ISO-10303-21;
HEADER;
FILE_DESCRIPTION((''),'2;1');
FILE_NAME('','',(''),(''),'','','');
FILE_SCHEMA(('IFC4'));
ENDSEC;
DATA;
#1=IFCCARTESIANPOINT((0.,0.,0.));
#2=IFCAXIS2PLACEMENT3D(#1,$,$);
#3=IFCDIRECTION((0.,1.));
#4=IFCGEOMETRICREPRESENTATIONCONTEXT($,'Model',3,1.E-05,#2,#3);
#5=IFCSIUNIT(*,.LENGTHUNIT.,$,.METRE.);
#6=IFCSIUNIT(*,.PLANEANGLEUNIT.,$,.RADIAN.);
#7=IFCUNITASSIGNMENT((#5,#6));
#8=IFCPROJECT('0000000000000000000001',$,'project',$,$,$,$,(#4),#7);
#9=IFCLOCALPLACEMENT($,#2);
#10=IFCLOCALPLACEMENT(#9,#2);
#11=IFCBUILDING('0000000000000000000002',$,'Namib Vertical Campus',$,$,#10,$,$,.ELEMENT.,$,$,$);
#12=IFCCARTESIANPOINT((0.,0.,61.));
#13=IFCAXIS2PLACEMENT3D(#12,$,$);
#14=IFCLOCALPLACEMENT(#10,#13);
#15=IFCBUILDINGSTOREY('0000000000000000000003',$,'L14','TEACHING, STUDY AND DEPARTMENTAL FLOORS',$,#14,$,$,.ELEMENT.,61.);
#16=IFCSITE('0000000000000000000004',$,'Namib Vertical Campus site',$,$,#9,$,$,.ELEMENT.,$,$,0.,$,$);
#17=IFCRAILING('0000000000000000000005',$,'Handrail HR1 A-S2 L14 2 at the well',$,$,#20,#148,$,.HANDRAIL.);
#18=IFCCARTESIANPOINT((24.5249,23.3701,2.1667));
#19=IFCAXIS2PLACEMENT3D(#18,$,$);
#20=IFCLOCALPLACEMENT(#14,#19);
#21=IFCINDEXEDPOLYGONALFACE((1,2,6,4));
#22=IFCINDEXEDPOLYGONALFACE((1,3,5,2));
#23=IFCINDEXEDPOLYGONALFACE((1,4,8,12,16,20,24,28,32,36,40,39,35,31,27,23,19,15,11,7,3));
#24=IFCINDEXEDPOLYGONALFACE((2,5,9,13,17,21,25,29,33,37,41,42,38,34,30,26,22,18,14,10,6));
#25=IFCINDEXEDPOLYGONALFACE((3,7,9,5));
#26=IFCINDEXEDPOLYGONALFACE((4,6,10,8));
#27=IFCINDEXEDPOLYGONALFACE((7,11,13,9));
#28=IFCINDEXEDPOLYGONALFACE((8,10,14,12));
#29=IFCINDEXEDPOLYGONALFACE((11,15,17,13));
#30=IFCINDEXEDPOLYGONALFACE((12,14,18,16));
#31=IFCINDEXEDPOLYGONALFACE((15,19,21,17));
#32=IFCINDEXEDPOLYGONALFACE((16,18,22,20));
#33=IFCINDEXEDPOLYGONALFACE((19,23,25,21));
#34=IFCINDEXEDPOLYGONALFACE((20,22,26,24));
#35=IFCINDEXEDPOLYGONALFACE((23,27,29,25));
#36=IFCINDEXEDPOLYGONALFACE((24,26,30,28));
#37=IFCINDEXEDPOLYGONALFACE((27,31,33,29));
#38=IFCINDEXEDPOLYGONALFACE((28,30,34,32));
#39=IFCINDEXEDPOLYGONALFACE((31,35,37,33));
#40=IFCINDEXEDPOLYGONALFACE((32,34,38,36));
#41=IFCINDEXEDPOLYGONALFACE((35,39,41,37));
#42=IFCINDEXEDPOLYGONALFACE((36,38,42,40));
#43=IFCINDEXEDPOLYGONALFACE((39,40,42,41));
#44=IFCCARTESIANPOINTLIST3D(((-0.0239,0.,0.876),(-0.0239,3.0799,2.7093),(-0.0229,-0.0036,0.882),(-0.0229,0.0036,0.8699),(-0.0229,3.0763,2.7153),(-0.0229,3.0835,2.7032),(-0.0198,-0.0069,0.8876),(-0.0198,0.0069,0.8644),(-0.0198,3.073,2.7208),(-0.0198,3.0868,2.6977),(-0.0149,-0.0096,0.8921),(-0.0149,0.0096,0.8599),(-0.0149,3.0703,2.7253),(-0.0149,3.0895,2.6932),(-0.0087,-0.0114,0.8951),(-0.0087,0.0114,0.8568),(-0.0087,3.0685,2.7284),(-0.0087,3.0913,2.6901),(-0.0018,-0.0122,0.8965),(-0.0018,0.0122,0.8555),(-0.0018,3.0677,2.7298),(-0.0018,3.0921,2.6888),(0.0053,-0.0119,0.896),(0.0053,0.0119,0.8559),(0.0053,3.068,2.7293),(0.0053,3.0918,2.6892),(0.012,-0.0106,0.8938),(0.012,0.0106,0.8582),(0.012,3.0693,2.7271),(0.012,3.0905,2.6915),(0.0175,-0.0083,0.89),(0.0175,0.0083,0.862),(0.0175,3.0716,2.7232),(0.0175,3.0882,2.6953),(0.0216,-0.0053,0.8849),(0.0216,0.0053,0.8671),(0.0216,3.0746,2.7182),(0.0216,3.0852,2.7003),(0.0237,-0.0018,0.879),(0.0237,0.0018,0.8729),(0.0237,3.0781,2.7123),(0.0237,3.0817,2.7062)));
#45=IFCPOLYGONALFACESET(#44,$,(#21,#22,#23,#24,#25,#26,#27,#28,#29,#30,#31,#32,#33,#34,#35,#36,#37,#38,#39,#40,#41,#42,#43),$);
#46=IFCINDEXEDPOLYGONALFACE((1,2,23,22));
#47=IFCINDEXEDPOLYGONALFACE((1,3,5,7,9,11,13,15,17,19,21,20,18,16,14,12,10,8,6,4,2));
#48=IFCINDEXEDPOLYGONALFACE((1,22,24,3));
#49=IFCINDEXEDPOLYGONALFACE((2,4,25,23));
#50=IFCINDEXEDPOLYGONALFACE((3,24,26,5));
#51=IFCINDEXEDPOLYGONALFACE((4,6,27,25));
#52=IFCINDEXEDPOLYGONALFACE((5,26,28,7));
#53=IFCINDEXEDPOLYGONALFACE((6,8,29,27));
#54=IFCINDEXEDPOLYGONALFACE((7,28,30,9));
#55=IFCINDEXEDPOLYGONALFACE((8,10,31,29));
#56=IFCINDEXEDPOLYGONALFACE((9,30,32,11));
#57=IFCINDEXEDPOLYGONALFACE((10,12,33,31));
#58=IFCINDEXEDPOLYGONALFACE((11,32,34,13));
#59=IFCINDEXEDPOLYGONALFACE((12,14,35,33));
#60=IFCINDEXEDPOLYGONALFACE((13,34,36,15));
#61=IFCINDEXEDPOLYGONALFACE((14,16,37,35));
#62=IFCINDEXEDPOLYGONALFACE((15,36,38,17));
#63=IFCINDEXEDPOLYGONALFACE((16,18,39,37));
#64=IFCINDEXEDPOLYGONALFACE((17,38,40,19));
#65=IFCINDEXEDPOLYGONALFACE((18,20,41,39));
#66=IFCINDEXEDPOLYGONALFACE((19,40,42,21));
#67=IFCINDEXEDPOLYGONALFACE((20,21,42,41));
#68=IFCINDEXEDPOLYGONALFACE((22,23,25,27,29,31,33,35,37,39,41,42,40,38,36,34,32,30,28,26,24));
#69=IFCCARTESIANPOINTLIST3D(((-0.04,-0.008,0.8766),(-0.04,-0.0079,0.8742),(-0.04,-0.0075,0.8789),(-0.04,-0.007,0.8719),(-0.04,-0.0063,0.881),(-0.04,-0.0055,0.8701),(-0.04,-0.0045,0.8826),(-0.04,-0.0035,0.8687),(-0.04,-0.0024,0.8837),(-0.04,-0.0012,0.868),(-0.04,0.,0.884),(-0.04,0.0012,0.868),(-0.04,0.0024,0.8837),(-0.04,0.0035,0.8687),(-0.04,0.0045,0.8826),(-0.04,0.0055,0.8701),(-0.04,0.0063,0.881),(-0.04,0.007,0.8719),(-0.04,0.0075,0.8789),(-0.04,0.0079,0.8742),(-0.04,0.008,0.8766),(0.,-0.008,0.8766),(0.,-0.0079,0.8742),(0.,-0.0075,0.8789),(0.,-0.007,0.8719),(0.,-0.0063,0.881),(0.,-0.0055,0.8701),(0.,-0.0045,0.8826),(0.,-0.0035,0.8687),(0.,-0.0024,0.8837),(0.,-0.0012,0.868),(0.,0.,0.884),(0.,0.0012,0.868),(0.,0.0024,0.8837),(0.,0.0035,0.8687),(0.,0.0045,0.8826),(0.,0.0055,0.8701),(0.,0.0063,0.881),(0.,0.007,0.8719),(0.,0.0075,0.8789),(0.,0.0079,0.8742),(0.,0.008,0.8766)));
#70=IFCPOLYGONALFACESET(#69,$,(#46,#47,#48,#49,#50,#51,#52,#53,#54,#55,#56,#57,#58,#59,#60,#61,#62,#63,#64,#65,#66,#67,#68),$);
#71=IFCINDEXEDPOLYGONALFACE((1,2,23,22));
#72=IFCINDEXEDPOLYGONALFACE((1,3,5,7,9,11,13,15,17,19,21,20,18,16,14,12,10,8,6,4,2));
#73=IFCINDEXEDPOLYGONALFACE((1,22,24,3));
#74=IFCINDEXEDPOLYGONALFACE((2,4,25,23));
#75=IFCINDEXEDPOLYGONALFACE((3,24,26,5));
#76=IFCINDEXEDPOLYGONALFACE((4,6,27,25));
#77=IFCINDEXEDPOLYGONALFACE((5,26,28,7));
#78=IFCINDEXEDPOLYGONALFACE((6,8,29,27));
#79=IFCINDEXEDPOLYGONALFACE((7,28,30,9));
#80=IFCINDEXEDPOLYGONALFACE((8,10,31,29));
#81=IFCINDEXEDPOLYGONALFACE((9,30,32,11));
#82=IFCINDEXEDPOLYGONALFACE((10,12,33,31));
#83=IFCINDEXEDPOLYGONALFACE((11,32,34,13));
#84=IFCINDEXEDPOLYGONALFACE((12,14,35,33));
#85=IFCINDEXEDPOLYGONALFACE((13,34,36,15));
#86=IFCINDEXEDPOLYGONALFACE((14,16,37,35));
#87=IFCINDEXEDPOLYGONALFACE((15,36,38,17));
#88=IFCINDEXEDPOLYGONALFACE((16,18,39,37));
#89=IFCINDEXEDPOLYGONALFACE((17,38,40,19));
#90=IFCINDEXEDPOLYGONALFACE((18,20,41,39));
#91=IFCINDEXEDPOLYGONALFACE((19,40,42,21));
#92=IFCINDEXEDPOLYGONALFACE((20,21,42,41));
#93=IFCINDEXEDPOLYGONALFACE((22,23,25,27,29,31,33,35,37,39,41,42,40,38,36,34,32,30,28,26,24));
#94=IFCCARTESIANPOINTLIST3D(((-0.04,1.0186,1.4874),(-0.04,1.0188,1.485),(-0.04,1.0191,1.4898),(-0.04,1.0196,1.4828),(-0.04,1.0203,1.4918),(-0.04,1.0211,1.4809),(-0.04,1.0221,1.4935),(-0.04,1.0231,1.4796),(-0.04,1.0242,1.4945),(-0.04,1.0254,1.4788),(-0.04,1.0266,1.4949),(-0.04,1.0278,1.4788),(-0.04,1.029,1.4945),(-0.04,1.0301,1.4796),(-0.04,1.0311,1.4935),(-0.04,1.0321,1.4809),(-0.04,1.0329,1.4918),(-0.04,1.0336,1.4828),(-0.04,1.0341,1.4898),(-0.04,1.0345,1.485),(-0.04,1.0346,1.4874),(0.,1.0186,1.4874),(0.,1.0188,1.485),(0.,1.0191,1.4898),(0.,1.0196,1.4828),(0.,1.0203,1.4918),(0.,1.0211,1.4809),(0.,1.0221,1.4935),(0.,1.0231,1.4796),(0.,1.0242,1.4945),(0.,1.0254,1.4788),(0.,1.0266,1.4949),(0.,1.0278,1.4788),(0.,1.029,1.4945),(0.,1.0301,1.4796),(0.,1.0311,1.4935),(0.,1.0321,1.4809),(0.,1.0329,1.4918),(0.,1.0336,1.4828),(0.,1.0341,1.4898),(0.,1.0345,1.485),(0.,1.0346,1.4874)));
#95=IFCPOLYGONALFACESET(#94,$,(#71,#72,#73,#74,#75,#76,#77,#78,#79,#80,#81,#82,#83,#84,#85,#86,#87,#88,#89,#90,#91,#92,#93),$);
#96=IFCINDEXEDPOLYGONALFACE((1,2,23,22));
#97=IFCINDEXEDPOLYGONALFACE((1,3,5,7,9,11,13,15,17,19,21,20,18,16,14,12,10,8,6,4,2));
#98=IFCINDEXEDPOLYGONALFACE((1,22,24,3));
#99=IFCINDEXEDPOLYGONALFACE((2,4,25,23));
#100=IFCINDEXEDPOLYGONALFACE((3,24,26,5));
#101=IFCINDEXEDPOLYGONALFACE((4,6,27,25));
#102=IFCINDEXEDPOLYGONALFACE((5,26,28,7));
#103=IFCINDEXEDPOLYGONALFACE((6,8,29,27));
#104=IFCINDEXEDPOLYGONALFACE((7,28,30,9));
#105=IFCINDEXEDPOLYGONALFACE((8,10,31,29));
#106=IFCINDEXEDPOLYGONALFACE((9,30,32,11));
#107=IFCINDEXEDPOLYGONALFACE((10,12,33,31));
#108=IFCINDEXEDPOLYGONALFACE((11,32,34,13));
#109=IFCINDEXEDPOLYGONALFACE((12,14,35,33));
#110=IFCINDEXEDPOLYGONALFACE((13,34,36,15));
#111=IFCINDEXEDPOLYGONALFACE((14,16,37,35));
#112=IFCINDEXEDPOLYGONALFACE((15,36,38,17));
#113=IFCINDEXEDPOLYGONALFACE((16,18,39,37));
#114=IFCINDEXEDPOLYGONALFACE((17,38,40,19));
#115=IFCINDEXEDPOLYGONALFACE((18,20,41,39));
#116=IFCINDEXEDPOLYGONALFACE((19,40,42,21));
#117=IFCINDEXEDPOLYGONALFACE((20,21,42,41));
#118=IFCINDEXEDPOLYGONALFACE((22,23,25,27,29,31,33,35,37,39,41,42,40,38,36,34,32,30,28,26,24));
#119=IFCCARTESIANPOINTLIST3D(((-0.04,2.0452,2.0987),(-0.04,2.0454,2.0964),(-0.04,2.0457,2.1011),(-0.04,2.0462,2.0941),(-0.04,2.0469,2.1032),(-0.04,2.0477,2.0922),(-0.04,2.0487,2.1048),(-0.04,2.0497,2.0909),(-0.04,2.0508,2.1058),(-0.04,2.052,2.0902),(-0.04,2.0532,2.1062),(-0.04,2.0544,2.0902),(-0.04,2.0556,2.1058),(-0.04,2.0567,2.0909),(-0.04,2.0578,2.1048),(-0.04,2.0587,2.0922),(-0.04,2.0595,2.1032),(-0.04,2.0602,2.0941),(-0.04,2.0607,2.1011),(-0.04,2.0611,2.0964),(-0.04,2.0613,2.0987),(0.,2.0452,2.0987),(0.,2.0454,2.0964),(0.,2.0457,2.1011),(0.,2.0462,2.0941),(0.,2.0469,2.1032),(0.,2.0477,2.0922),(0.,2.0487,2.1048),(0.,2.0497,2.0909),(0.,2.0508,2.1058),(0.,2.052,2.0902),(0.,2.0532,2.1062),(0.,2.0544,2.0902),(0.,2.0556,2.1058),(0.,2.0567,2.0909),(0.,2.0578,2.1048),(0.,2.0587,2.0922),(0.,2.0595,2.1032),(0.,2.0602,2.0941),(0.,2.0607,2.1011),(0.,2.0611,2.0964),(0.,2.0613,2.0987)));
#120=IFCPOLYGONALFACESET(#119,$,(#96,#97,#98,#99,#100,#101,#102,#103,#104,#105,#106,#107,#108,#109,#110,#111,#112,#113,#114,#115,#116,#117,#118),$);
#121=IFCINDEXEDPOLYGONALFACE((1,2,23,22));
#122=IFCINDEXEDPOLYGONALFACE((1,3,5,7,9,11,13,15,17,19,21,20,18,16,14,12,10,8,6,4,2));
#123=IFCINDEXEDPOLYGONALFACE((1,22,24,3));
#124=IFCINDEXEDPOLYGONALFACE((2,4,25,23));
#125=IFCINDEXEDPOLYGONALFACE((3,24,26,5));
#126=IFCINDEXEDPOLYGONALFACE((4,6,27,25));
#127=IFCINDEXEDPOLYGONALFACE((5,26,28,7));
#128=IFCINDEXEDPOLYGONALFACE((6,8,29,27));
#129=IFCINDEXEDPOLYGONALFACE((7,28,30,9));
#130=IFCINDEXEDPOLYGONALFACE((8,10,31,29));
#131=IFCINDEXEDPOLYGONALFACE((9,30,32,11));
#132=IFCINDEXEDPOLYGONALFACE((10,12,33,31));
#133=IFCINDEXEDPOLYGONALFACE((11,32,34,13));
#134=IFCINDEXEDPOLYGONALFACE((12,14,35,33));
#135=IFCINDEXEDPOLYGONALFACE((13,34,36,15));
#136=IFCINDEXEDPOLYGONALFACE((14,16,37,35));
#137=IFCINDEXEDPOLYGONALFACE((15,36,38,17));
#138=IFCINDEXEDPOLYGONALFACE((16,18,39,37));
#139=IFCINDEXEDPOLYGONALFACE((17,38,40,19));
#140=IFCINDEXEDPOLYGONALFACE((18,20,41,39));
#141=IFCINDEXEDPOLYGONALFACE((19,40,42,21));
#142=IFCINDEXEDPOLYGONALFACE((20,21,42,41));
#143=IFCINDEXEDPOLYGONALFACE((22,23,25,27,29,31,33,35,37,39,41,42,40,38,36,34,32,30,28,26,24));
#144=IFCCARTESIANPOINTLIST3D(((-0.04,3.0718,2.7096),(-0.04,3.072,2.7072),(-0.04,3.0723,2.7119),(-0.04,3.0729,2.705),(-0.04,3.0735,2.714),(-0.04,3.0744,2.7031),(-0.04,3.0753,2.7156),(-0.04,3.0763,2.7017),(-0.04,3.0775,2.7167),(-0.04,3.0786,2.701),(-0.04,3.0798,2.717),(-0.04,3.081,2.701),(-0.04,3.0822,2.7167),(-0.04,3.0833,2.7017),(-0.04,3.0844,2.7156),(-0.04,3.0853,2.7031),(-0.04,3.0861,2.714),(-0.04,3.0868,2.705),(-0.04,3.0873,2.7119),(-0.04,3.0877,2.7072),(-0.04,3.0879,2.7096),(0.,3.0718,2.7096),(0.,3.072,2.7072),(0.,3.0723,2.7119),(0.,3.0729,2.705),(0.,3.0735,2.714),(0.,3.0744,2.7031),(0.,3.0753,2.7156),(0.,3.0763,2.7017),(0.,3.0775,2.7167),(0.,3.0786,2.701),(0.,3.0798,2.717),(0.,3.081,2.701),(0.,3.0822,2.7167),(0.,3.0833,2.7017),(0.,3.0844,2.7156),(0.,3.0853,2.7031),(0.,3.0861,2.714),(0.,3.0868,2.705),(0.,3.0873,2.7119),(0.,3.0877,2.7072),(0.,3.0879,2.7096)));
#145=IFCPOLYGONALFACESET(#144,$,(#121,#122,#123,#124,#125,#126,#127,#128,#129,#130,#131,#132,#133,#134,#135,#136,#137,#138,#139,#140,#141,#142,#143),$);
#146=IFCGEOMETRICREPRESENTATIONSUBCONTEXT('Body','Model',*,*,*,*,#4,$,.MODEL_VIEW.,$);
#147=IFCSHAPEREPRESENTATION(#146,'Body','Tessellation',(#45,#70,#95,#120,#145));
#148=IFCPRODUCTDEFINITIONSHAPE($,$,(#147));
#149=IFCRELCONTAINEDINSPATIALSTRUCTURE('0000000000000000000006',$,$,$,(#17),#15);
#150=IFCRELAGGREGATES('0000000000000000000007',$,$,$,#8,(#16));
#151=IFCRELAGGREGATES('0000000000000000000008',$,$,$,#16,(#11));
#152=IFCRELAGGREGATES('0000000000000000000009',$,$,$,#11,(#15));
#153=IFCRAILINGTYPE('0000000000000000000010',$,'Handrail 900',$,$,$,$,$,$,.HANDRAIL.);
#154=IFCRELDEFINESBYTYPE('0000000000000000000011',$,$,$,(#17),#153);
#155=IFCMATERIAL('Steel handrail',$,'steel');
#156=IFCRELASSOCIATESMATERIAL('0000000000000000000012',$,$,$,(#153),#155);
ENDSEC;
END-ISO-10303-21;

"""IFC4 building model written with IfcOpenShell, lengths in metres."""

from ifc_helpers import new_model, si_unit, direction, frame, origin, origin_2d, place, context, subcontext, project, spatial, circle, extrude, material, type_object, element, save


model = new_model("IFC4")

# Units and contexts
model_context = context("Model", 3, precision=1e-05, world=origin(), true_north=direction((0.0, 1.0)))
body_context = subcontext(model_context, "Body", "Model", "MODEL_VIEW")
ifc_project = project(units=[si_unit("LENGTHUNIT", "METRE"), si_unit("PLANEANGLEUNIT", "RADIAN")], contexts=[model_context])

# Site, building, storey
site_placement = place(None, origin())
site = spatial("IfcSite", under=ifc_project, at=site_placement, Name="Namib Vertical Campus site", CompositionType="ELEMENT", RefElevation=0.0)
building_placement = place(site_placement, origin())
building = spatial("IfcBuilding", under=site, at=building_placement, Name="Namib Vertical Campus", CompositionType="ELEMENT")
storey_placement = place(building_placement, frame((0.0, 0.0, 61.0)))
storey = spatial("IfcBuildingStorey", under=building, at=storey_placement, Name="L14", Description="TEACHING, STUDY AND DEPARTMENTAL FLOORS", CompositionType="ELEMENT", Elevation=61.0)

# Railing
ifc_material_1 = material(Name="Steel handrail", Category="steel")
railing_type_1 = type_object("IfcRailingType", Name="Handrail 900", PredefinedType="HANDRAIL", material=ifc_material_1)
railing_1_placement = place(storey_placement, frame((24.5249, 23.3701, 2.1667)))
element("IfcRailing", 1, at=railing_1_placement, inside=storey, type_object=railing_type_1, Name="Handrail HR1 A-S2 L14 2 at the well", PredefinedType="HANDRAIL", context=body_context, shape_type="SweptSolid", body=[
    extrude(circle(Radius=0.0239, at=origin_2d()), frame((0.0, 0.0, 0.876), z_axis=(0.0, 0.859291, 0.511487), x_axis=(-1.0, 0.0, 0.0)), (0.0, 0.0, 1.0), 3.5842),
    extrude(circle(Radius=0.0081, at=origin_2d()), frame((0.0, 0.0, 0.876), z_axis=(-1.0, 0.0, 0.0), x_axis=(0.0, 0.0, 1.0)), (0.0, 0.0, 1.0), 0.04),
    extrude(circle(Radius=0.0081, at=origin_2d()), frame((0.0, 1.0266, 1.4868), z_axis=(-1.0, 0.0, 0.0), x_axis=(0.0, 0.0, 1.0)), (0.0, 0.0, 1.0), 0.04),
    extrude(circle(Radius=0.0081, at=origin_2d()), frame((0.0, 2.0532, 2.0981), z_axis=(-1.0, 0.0, 0.0), x_axis=(0.0, 0.0, 1.0)), (0.0, 0.0, 1.0), 0.04),
    extrude(circle(Radius=0.0081, at=origin_2d()), frame((0.0, 3.0798, 2.709), z_axis=(-1.0, 0.0, 0.0), x_axis=(0.0, 0.0, 1.0)), (0.0, 0.0, 1.0), 0.04),
])

save(model, "model.ifc")
